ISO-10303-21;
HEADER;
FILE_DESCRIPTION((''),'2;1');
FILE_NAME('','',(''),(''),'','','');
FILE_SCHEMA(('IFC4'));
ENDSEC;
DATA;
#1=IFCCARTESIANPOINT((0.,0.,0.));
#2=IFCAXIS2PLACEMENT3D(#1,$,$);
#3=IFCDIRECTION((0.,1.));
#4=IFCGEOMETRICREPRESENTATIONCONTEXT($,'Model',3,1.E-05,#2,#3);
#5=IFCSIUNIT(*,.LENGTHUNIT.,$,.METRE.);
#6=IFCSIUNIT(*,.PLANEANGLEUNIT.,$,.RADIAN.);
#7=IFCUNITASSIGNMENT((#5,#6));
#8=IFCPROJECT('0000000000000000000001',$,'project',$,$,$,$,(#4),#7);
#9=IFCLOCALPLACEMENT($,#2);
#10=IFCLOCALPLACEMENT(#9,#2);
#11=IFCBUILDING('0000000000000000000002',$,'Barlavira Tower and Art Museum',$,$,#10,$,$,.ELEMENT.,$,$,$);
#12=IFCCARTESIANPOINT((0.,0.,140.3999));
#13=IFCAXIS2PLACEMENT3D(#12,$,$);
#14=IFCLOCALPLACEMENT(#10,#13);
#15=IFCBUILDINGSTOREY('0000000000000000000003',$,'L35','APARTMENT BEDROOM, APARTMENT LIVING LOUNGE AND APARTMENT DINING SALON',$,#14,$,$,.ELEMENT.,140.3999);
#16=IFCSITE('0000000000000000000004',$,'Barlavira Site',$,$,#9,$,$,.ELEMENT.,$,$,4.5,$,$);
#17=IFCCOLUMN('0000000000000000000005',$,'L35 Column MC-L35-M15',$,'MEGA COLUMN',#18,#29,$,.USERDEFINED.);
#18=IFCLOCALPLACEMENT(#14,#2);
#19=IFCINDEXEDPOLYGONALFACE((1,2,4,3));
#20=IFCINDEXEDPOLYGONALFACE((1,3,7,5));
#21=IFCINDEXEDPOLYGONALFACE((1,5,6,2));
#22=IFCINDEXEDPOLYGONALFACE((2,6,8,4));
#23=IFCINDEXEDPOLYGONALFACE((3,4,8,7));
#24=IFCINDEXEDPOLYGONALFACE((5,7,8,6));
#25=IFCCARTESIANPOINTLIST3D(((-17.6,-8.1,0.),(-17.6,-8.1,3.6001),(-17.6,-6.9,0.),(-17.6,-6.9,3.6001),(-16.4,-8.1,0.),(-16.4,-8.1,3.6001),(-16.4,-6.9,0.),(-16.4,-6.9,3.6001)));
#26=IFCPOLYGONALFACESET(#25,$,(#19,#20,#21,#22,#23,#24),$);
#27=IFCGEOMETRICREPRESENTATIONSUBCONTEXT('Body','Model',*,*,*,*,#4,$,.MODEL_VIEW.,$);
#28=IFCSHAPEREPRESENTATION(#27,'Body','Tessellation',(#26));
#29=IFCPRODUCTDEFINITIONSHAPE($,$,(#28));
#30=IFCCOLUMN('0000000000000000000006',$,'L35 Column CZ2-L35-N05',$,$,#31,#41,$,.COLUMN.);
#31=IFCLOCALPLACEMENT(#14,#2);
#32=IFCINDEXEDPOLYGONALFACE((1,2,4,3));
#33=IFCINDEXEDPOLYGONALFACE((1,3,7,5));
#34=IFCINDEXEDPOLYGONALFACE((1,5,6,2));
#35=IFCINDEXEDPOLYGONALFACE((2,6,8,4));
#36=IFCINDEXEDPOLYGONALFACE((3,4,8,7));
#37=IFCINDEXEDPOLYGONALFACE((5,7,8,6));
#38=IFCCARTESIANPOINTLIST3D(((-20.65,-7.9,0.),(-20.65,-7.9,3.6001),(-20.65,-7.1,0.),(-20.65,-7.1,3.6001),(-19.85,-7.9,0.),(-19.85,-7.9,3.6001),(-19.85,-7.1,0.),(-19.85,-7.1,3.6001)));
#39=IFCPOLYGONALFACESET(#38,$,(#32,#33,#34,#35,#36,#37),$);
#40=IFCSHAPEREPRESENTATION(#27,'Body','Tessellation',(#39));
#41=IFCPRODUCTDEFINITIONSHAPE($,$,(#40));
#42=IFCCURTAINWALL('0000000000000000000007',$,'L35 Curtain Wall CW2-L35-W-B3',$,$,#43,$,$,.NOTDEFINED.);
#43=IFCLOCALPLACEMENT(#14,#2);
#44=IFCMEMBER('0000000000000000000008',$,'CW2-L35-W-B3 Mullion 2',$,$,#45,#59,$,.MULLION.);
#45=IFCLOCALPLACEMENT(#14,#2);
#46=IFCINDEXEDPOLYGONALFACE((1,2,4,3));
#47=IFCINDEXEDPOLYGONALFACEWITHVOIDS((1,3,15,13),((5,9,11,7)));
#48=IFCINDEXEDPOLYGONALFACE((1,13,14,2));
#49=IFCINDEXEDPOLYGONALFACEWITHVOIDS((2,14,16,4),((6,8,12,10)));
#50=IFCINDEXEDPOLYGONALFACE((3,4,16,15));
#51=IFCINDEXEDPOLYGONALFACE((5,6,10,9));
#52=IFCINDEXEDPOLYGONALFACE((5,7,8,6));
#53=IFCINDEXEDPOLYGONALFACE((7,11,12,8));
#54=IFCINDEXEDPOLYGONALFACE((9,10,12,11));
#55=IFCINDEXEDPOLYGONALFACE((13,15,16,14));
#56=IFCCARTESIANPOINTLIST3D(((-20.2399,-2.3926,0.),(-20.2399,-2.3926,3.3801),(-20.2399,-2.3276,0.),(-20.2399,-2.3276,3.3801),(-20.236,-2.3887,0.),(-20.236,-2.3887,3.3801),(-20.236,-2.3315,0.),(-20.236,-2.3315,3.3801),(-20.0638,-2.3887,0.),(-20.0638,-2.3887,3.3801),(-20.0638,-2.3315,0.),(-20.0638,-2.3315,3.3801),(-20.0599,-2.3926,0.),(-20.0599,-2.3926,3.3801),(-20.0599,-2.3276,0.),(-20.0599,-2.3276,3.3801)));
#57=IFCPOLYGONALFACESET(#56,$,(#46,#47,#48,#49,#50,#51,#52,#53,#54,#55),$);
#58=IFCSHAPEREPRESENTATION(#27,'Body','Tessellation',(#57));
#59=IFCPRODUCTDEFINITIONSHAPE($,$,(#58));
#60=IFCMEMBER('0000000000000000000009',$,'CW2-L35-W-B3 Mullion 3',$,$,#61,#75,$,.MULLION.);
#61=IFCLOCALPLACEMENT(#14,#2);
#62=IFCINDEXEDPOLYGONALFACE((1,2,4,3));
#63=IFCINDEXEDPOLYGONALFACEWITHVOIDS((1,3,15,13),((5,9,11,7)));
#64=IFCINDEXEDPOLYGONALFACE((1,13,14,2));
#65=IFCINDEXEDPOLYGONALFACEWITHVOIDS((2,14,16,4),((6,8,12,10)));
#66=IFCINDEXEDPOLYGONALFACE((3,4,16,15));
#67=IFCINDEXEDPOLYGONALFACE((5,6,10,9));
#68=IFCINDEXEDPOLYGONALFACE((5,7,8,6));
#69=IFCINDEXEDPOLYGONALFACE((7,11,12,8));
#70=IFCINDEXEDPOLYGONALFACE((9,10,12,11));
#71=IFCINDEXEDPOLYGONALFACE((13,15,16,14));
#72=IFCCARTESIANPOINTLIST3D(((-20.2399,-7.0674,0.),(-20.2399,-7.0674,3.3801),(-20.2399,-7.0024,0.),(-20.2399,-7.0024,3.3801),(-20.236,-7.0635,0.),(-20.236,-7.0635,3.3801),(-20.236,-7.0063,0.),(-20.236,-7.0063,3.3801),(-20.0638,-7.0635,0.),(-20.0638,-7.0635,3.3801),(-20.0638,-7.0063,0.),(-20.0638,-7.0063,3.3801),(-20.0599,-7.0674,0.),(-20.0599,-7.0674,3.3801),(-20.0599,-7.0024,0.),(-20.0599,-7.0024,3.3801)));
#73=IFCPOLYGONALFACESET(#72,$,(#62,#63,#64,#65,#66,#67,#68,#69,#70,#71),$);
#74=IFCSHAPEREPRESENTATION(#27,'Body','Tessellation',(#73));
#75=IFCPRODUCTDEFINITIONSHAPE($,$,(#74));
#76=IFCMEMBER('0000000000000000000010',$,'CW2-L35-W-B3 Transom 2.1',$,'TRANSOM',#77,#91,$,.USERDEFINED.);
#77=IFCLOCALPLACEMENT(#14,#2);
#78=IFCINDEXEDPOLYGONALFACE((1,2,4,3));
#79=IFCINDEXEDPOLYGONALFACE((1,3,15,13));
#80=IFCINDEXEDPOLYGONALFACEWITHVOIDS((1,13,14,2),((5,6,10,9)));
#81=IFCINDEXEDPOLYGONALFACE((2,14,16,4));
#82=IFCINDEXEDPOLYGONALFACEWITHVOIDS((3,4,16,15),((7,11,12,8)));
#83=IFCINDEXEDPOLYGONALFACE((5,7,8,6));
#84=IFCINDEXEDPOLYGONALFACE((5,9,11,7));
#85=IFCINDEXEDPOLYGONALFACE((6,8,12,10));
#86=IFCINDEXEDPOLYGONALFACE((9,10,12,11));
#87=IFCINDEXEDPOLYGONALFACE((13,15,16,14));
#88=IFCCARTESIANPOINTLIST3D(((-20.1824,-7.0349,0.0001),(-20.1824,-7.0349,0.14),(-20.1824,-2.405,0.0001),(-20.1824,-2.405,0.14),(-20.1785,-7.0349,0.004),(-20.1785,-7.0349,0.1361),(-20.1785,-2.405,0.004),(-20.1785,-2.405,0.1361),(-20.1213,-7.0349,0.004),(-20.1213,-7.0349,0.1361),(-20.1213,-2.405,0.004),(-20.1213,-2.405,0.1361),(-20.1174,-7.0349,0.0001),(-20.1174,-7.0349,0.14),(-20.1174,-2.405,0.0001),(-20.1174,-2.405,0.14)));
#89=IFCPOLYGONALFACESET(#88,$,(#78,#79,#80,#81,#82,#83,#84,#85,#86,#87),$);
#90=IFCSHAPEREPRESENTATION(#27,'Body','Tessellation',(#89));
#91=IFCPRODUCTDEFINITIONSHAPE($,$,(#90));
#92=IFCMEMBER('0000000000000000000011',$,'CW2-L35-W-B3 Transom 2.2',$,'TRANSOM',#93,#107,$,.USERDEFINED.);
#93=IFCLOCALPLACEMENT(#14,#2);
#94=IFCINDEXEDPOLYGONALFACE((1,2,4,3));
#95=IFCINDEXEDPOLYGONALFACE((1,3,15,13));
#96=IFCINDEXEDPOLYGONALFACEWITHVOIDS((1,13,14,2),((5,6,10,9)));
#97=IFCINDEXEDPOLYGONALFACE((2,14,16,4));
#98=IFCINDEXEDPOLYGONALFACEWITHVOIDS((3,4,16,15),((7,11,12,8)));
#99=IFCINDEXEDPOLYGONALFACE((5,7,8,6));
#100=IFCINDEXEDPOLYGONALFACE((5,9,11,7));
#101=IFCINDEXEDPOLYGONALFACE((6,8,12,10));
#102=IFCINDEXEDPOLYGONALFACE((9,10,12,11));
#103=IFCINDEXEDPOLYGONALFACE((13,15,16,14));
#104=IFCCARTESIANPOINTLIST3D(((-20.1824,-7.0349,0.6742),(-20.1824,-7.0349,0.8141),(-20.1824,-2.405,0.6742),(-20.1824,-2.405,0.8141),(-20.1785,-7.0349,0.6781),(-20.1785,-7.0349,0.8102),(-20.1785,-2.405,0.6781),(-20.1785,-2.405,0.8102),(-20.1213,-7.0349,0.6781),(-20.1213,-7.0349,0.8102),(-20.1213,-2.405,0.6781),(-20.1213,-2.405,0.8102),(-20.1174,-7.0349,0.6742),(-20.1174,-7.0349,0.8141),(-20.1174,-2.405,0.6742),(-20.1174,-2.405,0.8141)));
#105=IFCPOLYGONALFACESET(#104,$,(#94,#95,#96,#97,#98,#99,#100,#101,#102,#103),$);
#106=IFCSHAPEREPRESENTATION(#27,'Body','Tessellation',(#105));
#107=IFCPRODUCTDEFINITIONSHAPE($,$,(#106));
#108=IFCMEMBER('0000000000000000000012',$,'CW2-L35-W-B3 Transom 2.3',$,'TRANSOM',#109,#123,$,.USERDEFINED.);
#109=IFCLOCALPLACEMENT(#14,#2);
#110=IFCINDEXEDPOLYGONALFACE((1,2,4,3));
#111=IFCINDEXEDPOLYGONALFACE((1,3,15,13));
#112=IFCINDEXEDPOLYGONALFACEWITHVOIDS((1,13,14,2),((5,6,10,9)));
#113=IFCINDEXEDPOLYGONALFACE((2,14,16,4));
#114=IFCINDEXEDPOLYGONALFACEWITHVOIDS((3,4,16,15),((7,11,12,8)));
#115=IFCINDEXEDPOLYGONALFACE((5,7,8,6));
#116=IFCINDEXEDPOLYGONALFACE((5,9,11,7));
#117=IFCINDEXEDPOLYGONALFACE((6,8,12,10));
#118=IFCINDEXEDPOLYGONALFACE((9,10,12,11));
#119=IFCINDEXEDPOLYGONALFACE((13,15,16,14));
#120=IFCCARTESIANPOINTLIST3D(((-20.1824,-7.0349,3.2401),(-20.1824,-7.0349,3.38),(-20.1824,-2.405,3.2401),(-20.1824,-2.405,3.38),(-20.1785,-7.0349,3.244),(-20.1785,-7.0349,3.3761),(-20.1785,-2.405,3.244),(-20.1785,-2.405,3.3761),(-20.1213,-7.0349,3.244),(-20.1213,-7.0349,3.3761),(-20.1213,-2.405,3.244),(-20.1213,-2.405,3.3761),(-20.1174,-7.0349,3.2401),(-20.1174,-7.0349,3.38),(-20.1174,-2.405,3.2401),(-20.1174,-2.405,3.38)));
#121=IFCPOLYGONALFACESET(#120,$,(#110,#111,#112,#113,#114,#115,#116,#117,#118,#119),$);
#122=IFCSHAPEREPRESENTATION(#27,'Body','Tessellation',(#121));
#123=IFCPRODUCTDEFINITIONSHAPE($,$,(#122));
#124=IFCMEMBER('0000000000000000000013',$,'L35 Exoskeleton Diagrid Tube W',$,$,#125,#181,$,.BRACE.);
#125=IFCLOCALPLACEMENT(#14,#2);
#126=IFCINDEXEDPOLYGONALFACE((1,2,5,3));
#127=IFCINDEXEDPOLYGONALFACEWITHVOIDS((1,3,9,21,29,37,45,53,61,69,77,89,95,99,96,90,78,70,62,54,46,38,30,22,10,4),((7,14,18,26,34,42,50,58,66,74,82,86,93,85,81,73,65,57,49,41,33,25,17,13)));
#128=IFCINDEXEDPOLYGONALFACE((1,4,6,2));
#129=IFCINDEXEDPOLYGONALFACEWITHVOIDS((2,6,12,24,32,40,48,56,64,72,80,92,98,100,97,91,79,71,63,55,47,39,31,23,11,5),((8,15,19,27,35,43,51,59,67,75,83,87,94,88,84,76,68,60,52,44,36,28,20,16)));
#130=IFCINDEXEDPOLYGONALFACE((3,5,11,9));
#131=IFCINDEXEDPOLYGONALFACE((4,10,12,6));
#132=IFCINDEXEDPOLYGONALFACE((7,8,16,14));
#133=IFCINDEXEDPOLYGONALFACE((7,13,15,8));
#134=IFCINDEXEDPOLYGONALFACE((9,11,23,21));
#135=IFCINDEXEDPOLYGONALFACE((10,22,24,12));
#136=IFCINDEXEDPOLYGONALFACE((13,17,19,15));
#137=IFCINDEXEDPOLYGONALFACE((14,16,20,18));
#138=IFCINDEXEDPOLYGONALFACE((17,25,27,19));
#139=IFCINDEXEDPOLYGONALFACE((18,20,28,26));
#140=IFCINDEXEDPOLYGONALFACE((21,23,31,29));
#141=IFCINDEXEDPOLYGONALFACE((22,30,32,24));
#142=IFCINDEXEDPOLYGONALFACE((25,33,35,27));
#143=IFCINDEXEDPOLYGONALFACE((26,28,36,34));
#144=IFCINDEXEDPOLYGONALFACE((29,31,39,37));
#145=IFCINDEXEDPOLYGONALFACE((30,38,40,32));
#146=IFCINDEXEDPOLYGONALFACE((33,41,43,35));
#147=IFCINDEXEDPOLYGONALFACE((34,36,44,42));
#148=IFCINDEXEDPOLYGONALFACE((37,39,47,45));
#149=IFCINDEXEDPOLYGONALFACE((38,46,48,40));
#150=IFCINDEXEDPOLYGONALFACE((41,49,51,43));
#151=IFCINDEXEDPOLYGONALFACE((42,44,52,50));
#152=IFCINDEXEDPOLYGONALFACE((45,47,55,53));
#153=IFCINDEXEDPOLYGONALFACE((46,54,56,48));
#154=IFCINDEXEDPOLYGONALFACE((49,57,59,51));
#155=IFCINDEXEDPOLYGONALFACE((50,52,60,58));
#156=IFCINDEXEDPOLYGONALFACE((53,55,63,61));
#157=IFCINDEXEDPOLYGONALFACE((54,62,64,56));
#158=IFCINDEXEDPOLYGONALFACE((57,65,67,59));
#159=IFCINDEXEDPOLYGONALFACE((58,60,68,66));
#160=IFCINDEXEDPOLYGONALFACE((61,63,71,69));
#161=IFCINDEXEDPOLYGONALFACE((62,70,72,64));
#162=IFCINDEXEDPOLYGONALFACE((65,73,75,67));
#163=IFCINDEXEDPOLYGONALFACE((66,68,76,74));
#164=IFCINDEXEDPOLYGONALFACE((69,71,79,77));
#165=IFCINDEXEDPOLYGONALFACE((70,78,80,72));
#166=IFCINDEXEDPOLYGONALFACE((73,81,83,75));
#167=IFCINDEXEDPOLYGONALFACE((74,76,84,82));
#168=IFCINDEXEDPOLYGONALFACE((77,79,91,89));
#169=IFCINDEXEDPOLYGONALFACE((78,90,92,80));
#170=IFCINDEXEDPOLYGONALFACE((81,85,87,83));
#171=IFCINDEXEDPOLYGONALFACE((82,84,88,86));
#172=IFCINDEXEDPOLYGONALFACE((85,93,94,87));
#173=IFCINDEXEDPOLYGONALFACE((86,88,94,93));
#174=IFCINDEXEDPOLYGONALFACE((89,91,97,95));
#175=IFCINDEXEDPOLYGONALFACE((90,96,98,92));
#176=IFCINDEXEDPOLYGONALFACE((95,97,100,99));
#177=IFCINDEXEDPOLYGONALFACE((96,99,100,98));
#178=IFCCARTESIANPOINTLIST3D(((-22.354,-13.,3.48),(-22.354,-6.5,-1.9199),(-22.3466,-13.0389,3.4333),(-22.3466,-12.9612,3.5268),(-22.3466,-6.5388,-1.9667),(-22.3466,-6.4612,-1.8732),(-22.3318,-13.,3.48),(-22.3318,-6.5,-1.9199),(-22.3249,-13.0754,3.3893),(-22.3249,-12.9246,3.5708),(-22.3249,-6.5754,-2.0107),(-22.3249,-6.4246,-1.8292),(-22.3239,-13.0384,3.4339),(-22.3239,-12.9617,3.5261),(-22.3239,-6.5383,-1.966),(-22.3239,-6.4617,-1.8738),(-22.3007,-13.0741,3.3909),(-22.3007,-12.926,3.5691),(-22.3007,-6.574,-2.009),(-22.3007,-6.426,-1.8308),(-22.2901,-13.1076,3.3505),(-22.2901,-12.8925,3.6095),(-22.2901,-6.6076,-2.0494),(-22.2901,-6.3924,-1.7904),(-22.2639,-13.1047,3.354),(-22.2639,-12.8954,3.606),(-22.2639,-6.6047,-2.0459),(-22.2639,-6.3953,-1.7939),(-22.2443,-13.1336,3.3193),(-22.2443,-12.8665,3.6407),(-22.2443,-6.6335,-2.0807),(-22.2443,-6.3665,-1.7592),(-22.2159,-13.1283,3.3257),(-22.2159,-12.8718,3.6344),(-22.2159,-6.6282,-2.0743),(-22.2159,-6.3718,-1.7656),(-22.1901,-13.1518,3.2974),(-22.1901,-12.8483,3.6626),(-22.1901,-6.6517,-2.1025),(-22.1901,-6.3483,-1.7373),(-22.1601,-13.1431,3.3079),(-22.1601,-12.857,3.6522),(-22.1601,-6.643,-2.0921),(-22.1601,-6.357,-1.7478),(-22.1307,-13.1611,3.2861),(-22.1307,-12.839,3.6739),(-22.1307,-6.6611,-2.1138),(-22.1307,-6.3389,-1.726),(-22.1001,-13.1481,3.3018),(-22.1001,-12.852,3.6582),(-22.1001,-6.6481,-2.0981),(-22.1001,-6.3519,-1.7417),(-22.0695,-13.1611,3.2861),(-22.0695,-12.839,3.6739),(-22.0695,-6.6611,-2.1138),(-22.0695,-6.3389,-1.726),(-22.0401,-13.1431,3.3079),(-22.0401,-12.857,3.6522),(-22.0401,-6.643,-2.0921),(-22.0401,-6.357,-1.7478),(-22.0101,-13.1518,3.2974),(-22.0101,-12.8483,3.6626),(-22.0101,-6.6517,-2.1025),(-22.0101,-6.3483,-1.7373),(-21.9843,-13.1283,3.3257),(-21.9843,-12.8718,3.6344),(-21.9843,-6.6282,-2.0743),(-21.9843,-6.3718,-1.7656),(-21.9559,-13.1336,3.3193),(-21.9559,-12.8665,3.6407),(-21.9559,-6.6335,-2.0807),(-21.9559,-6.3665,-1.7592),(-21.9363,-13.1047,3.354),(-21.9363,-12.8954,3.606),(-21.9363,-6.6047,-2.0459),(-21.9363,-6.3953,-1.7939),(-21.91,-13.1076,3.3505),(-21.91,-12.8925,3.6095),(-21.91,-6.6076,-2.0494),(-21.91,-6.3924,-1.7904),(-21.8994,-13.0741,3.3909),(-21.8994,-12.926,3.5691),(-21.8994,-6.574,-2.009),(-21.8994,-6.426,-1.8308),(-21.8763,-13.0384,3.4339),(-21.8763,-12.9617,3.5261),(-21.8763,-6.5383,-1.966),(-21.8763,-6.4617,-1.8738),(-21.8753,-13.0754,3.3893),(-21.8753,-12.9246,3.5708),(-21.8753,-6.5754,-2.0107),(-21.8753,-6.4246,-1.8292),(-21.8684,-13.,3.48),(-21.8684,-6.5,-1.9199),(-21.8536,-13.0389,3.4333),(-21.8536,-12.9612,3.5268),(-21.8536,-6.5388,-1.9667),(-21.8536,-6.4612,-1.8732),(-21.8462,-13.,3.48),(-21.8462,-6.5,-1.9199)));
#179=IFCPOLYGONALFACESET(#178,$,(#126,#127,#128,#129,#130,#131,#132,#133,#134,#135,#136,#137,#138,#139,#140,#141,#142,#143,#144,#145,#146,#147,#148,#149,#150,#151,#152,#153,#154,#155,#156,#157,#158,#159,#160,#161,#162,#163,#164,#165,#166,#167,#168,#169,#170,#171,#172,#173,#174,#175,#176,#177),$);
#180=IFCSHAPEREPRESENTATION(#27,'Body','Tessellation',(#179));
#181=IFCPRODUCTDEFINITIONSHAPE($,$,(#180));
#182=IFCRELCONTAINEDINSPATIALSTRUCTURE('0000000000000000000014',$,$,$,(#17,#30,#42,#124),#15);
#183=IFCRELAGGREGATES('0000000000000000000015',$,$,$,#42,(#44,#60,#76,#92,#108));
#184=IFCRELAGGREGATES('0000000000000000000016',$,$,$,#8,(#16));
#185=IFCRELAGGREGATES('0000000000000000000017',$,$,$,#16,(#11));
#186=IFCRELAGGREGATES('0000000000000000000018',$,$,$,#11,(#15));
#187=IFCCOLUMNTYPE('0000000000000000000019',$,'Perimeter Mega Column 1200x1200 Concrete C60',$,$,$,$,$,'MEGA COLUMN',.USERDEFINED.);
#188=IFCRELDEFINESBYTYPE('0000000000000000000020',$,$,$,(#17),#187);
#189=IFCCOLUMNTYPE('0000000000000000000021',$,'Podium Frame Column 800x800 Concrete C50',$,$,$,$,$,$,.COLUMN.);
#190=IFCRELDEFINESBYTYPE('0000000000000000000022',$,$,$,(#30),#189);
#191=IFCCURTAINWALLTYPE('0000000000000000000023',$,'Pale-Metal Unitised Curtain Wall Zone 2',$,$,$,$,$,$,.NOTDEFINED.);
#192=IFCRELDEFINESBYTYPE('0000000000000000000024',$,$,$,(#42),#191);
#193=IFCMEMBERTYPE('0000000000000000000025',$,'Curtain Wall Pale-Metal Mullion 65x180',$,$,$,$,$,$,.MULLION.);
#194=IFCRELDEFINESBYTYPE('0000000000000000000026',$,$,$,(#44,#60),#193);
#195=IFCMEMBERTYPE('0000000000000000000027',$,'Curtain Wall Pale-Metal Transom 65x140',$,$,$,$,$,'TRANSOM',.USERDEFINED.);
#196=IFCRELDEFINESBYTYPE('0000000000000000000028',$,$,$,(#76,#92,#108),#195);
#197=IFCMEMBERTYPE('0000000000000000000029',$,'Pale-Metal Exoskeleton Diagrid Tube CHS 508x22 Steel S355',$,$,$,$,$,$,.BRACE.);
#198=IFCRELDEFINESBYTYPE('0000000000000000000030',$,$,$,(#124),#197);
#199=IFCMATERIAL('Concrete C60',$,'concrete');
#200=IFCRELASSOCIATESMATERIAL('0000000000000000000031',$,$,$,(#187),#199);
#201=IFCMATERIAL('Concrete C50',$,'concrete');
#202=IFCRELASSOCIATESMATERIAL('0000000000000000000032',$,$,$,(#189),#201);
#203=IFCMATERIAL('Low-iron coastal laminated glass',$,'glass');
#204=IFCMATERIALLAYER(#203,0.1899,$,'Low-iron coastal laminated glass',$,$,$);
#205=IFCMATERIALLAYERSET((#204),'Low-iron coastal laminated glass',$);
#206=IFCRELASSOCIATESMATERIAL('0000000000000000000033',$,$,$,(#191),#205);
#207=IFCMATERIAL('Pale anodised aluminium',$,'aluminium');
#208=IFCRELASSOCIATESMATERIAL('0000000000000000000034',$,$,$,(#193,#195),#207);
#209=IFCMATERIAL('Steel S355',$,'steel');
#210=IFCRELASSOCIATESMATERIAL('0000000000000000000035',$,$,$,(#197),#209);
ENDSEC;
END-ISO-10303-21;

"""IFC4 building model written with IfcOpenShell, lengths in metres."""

from ifc_helpers import new_model, si_unit, direction, frame, origin, origin_2d, place, context, subcontext, project, spatial, rectangle, hollow_rectangle, hollow_circle, extrude, material, layer, layer_set, material_profile, profile_set, type_object, element, aggregate, save


model = new_model("IFC4")

# Units and contexts
model_context = context("Model", 3, precision=1e-05, world=origin(), true_north=direction((0.0, 1.0)))
body_context = subcontext(model_context, "Body", "Model", "MODEL_VIEW")
ifc_project = project(units=[si_unit("LENGTHUNIT", "METRE"), si_unit("PLANEANGLEUNIT", "RADIAN")], contexts=[model_context])

# Site, building, storey
site_placement = place(None, origin())
site = spatial("IfcSite", under=ifc_project, at=site_placement, Name="Barlavira Site", CompositionType="ELEMENT", RefElevation=4.5)
building_placement = place(site_placement, origin())
building = spatial("IfcBuilding", under=site, at=building_placement, Name="Barlavira Tower and Art Museum", CompositionType="ELEMENT")
storey_placement = place(building_placement, frame((0.0, 0.0, 140.3999)))
storey = spatial("IfcBuildingStorey", under=building, at=storey_placement, Name="L35", Description="APARTMENT BEDROOM, APARTMENT LIVING LOUNGE AND APARTMENT DINING SALON", CompositionType="ELEMENT", Elevation=140.3999)

# Columns
ifc_material_1 = material(Name="Concrete C60", Category="concrete")
ifc_material_profile_1 = material_profile(ifc_material_1, rectangle(XDim=1.2, YDim=1.2, at=origin_2d()), Name="RC-COL 1200x1200")
ifc_profile_set_1 = profile_set([ifc_material_profile_1], Name="Concrete C60")
column_type_1 = type_object("IfcColumnType", Name="Perimeter Mega Column 1200x1200 Concrete C60", ElementType="MEGA COLUMN", PredefinedType="USERDEFINED", material=ifc_profile_set_1)
column_1_placement = place(storey_placement, frame((-17.0, -7.5, 0.0), z_axis=(0.0, 0.0, 1.0), x_axis=(1.0, 0.0, 0.0)))
element("IfcColumn", 1, at=column_1_placement, inside=storey, type_object=column_type_1, Name="L35 Column MC-L35-M15", ObjectType="MEGA COLUMN", PredefinedType="USERDEFINED", context=body_context, shape_type="SweptSolid", body=[
    extrude(rectangle(XDim=1.2, YDim=1.2, at=origin_2d()), origin(), (0.0, 0.0, 1.0), 3.6001),
])
ifc_material_2 = material(Name="Concrete C50", Category="concrete")
ifc_material_profile_2 = material_profile(ifc_material_2, rectangle(XDim=0.8, YDim=0.8, at=origin_2d()), Name="RC-COL 800x800")
ifc_profile_set_2 = profile_set([ifc_material_profile_2], Name="Concrete C50")
column_type_2 = type_object("IfcColumnType", Name="Podium Frame Column 800x800 Concrete C50", PredefinedType="COLUMN", material=ifc_profile_set_2)
column_2_placement = place(storey_placement, frame((-20.25, -7.5, 0.0), z_axis=(0.0, 0.0, 1.0), x_axis=(1.0, 0.0, 0.0)))
element("IfcColumn", 2, at=column_2_placement, inside=storey, type_object=column_type_2, Name="L35 Column CZ2-L35-N05", PredefinedType="COLUMN", context=body_context, shape_type="SweptSolid", body=[
    extrude(rectangle(XDim=0.8, YDim=0.8, at=origin_2d()), origin(), (0.0, 0.0, 1.0), 3.6001),
])

# Curtain wall, members
ifc_material_3 = material(Name="Low-iron coastal laminated glass", Category="glass")
ifc_layer_1 = layer(ifc_material_3, 0.1899, Name="Low-iron coastal laminated glass")
ifc_layer_set_1 = layer_set([ifc_layer_1], Name="Low-iron coastal laminated glass")
curtain_wall_type = type_object("IfcCurtainWallType", Name="Pale-Metal Unitised Curtain Wall Zone 2", PredefinedType="NOTDEFINED", material=ifc_layer_set_1)
curtain_wall_placement = place(storey_placement, origin())
curtain_wall = element("IfcCurtainWall", 3, at=curtain_wall_placement, inside=storey, type_object=curtain_wall_type, Name="L35 Curtain Wall CW2-L35-W-B3", PredefinedType="NOTDEFINED")
ifc_material_4 = material(Name="Pale anodised aluminium", Category="aluminium")
ifc_material_profile_3 = material_profile(ifc_material_4, hollow_rectangle(XDim=0.0649, YDim=0.1799, WallThickness=0.0039, at=origin_2d()), Name="ALU-MULL 65x180x4")
ifc_profile_set_3 = profile_set([ifc_material_profile_3], Name="Pale anodised aluminium")
member_type_1 = type_object("IfcMemberType", Name="Curtain Wall Pale-Metal Mullion 65x180", PredefinedType="MULLION", material=ifc_profile_set_3)
member_1_placement = place(storey_placement, frame((-20.1499, -2.3601, 0.0), z_axis=(0.0, 0.0, 1.0), x_axis=(0.0, -1.0, 0.0)))
member_1 = element("IfcMember", 4, at=member_1_placement, type_object=member_type_1, Name="CW2-L35-W-B3 Mullion 2", PredefinedType="MULLION", context=body_context, shape_type="SweptSolid", body=[
    extrude(hollow_rectangle(XDim=0.0649, YDim=0.1799, WallThickness=0.0039, at=origin_2d()), origin(), (0.0, 0.0, 1.0), 3.3801),
])
member_2_placement = place(storey_placement, frame((-20.1499, -7.0349, 0.0), z_axis=(0.0, 0.0, 1.0), x_axis=(0.0, -1.0, 0.0)))
member_2 = element("IfcMember", 5, at=member_2_placement, type_object=member_type_1, Name="CW2-L35-W-B3 Mullion 3", PredefinedType="MULLION", context=body_context, shape_type="SweptSolid", body=[
    extrude(hollow_rectangle(XDim=0.0649, YDim=0.1799, WallThickness=0.0039, at=origin_2d()), origin(), (0.0, 0.0, 1.0), 3.3801),
])
ifc_material_profile_4 = material_profile(ifc_material_4, hollow_rectangle(XDim=0.0649, YDim=0.1399, WallThickness=0.0039, at=origin_2d()), Name="ALU-TRAN 65x140x4")
ifc_profile_set_4 = profile_set([ifc_material_profile_4], Name="Pale anodised aluminium")
member_type_2 = type_object("IfcMemberType", Name="Curtain Wall Pale-Metal Transom 65x140", ElementType="TRANSOM", PredefinedType="USERDEFINED", material=ifc_profile_set_4)
member_3_placement = place(storey_placement, frame((-20.1499, -2.405, 0.0701), z_axis=(0.0, -1.0, 0.0), x_axis=(1.0, 0.0, 0.0)))
member_3 = element("IfcMember", 6, at=member_3_placement, type_object=member_type_2, Name="CW2-L35-W-B3 Transom 2.1", ObjectType="TRANSOM", PredefinedType="USERDEFINED", context=body_context, shape_type="SweptSolid", body=[
    extrude(hollow_rectangle(XDim=0.0649, YDim=0.1399, WallThickness=0.0039, at=origin_2d()), origin(), (0.0, 0.0, 1.0), 4.6299),
])
member_4_placement = place(storey_placement, frame((-20.1499, -2.405, 0.7441), z_axis=(0.0, -1.0, 0.0), x_axis=(1.0, 0.0, 0.0)))
member_4 = element("IfcMember", 7, at=member_4_placement, type_object=member_type_2, Name="CW2-L35-W-B3 Transom 2.2", ObjectType="TRANSOM", PredefinedType="USERDEFINED", context=body_context, shape_type="SweptSolid", body=[
    extrude(hollow_rectangle(XDim=0.0649, YDim=0.1399, WallThickness=0.0039, at=origin_2d()), origin(), (0.0, 0.0, 1.0), 4.6299),
])
member_5_placement = place(storey_placement, frame((-20.1499, -2.405, 3.3101), z_axis=(0.0, -1.0, 0.0), x_axis=(1.0, 0.0, 0.0)))
member_5 = element("IfcMember", 8, at=member_5_placement, type_object=member_type_2, Name="CW2-L35-W-B3 Transom 2.3", ObjectType="TRANSOM", PredefinedType="USERDEFINED", context=body_context, shape_type="SweptSolid", body=[
    extrude(hollow_rectangle(XDim=0.0649, YDim=0.1399, WallThickness=0.0039, at=origin_2d()), origin(), (0.0, 0.0, 1.0), 4.6299),
])

# Member
ifc_material_5 = material(Name="Steel S355", Category="steel")
ifc_material_profile_5 = material_profile(ifc_material_5, hollow_circle(Radius=0.2539, WallThickness=0.0222, at=origin_2d()), Name="CHS 508.0x22.2")
ifc_profile_set_5 = profile_set([ifc_material_profile_5], Name="Steel S355")
member_type_3 = type_object("IfcMemberType", Name="Pale-Metal Exoskeleton Diagrid Tube CHS 508x22 Steel S355", PredefinedType="BRACE", material=ifc_profile_set_5)
for number, where, z_axis, x_axis, name in (
    (9, (-22.1001, -6.5, -1.9199), (0.0, -0.769196, 0.639013), (1.0, 0.0, 0.0), "L35 Exoskeleton Diagrid Tube W"),
):
    element("IfcMember", number, at=place(storey_placement, frame(where, z_axis=z_axis, x_axis=x_axis)), inside=storey, type_object=member_type_3, Name=name, PredefinedType="BRACE", context=body_context, shape_type="SweptSolid", body=[
        extrude(hollow_circle(Radius=0.2539, WallThickness=0.0222, at=origin_2d()), origin(), (0.0, 0.0, 1.0), 8.4504),
    ])

aggregate(curtain_wall, [member_1, member_2, member_3, member_4, member_5])

save(model, "model.ifc")
